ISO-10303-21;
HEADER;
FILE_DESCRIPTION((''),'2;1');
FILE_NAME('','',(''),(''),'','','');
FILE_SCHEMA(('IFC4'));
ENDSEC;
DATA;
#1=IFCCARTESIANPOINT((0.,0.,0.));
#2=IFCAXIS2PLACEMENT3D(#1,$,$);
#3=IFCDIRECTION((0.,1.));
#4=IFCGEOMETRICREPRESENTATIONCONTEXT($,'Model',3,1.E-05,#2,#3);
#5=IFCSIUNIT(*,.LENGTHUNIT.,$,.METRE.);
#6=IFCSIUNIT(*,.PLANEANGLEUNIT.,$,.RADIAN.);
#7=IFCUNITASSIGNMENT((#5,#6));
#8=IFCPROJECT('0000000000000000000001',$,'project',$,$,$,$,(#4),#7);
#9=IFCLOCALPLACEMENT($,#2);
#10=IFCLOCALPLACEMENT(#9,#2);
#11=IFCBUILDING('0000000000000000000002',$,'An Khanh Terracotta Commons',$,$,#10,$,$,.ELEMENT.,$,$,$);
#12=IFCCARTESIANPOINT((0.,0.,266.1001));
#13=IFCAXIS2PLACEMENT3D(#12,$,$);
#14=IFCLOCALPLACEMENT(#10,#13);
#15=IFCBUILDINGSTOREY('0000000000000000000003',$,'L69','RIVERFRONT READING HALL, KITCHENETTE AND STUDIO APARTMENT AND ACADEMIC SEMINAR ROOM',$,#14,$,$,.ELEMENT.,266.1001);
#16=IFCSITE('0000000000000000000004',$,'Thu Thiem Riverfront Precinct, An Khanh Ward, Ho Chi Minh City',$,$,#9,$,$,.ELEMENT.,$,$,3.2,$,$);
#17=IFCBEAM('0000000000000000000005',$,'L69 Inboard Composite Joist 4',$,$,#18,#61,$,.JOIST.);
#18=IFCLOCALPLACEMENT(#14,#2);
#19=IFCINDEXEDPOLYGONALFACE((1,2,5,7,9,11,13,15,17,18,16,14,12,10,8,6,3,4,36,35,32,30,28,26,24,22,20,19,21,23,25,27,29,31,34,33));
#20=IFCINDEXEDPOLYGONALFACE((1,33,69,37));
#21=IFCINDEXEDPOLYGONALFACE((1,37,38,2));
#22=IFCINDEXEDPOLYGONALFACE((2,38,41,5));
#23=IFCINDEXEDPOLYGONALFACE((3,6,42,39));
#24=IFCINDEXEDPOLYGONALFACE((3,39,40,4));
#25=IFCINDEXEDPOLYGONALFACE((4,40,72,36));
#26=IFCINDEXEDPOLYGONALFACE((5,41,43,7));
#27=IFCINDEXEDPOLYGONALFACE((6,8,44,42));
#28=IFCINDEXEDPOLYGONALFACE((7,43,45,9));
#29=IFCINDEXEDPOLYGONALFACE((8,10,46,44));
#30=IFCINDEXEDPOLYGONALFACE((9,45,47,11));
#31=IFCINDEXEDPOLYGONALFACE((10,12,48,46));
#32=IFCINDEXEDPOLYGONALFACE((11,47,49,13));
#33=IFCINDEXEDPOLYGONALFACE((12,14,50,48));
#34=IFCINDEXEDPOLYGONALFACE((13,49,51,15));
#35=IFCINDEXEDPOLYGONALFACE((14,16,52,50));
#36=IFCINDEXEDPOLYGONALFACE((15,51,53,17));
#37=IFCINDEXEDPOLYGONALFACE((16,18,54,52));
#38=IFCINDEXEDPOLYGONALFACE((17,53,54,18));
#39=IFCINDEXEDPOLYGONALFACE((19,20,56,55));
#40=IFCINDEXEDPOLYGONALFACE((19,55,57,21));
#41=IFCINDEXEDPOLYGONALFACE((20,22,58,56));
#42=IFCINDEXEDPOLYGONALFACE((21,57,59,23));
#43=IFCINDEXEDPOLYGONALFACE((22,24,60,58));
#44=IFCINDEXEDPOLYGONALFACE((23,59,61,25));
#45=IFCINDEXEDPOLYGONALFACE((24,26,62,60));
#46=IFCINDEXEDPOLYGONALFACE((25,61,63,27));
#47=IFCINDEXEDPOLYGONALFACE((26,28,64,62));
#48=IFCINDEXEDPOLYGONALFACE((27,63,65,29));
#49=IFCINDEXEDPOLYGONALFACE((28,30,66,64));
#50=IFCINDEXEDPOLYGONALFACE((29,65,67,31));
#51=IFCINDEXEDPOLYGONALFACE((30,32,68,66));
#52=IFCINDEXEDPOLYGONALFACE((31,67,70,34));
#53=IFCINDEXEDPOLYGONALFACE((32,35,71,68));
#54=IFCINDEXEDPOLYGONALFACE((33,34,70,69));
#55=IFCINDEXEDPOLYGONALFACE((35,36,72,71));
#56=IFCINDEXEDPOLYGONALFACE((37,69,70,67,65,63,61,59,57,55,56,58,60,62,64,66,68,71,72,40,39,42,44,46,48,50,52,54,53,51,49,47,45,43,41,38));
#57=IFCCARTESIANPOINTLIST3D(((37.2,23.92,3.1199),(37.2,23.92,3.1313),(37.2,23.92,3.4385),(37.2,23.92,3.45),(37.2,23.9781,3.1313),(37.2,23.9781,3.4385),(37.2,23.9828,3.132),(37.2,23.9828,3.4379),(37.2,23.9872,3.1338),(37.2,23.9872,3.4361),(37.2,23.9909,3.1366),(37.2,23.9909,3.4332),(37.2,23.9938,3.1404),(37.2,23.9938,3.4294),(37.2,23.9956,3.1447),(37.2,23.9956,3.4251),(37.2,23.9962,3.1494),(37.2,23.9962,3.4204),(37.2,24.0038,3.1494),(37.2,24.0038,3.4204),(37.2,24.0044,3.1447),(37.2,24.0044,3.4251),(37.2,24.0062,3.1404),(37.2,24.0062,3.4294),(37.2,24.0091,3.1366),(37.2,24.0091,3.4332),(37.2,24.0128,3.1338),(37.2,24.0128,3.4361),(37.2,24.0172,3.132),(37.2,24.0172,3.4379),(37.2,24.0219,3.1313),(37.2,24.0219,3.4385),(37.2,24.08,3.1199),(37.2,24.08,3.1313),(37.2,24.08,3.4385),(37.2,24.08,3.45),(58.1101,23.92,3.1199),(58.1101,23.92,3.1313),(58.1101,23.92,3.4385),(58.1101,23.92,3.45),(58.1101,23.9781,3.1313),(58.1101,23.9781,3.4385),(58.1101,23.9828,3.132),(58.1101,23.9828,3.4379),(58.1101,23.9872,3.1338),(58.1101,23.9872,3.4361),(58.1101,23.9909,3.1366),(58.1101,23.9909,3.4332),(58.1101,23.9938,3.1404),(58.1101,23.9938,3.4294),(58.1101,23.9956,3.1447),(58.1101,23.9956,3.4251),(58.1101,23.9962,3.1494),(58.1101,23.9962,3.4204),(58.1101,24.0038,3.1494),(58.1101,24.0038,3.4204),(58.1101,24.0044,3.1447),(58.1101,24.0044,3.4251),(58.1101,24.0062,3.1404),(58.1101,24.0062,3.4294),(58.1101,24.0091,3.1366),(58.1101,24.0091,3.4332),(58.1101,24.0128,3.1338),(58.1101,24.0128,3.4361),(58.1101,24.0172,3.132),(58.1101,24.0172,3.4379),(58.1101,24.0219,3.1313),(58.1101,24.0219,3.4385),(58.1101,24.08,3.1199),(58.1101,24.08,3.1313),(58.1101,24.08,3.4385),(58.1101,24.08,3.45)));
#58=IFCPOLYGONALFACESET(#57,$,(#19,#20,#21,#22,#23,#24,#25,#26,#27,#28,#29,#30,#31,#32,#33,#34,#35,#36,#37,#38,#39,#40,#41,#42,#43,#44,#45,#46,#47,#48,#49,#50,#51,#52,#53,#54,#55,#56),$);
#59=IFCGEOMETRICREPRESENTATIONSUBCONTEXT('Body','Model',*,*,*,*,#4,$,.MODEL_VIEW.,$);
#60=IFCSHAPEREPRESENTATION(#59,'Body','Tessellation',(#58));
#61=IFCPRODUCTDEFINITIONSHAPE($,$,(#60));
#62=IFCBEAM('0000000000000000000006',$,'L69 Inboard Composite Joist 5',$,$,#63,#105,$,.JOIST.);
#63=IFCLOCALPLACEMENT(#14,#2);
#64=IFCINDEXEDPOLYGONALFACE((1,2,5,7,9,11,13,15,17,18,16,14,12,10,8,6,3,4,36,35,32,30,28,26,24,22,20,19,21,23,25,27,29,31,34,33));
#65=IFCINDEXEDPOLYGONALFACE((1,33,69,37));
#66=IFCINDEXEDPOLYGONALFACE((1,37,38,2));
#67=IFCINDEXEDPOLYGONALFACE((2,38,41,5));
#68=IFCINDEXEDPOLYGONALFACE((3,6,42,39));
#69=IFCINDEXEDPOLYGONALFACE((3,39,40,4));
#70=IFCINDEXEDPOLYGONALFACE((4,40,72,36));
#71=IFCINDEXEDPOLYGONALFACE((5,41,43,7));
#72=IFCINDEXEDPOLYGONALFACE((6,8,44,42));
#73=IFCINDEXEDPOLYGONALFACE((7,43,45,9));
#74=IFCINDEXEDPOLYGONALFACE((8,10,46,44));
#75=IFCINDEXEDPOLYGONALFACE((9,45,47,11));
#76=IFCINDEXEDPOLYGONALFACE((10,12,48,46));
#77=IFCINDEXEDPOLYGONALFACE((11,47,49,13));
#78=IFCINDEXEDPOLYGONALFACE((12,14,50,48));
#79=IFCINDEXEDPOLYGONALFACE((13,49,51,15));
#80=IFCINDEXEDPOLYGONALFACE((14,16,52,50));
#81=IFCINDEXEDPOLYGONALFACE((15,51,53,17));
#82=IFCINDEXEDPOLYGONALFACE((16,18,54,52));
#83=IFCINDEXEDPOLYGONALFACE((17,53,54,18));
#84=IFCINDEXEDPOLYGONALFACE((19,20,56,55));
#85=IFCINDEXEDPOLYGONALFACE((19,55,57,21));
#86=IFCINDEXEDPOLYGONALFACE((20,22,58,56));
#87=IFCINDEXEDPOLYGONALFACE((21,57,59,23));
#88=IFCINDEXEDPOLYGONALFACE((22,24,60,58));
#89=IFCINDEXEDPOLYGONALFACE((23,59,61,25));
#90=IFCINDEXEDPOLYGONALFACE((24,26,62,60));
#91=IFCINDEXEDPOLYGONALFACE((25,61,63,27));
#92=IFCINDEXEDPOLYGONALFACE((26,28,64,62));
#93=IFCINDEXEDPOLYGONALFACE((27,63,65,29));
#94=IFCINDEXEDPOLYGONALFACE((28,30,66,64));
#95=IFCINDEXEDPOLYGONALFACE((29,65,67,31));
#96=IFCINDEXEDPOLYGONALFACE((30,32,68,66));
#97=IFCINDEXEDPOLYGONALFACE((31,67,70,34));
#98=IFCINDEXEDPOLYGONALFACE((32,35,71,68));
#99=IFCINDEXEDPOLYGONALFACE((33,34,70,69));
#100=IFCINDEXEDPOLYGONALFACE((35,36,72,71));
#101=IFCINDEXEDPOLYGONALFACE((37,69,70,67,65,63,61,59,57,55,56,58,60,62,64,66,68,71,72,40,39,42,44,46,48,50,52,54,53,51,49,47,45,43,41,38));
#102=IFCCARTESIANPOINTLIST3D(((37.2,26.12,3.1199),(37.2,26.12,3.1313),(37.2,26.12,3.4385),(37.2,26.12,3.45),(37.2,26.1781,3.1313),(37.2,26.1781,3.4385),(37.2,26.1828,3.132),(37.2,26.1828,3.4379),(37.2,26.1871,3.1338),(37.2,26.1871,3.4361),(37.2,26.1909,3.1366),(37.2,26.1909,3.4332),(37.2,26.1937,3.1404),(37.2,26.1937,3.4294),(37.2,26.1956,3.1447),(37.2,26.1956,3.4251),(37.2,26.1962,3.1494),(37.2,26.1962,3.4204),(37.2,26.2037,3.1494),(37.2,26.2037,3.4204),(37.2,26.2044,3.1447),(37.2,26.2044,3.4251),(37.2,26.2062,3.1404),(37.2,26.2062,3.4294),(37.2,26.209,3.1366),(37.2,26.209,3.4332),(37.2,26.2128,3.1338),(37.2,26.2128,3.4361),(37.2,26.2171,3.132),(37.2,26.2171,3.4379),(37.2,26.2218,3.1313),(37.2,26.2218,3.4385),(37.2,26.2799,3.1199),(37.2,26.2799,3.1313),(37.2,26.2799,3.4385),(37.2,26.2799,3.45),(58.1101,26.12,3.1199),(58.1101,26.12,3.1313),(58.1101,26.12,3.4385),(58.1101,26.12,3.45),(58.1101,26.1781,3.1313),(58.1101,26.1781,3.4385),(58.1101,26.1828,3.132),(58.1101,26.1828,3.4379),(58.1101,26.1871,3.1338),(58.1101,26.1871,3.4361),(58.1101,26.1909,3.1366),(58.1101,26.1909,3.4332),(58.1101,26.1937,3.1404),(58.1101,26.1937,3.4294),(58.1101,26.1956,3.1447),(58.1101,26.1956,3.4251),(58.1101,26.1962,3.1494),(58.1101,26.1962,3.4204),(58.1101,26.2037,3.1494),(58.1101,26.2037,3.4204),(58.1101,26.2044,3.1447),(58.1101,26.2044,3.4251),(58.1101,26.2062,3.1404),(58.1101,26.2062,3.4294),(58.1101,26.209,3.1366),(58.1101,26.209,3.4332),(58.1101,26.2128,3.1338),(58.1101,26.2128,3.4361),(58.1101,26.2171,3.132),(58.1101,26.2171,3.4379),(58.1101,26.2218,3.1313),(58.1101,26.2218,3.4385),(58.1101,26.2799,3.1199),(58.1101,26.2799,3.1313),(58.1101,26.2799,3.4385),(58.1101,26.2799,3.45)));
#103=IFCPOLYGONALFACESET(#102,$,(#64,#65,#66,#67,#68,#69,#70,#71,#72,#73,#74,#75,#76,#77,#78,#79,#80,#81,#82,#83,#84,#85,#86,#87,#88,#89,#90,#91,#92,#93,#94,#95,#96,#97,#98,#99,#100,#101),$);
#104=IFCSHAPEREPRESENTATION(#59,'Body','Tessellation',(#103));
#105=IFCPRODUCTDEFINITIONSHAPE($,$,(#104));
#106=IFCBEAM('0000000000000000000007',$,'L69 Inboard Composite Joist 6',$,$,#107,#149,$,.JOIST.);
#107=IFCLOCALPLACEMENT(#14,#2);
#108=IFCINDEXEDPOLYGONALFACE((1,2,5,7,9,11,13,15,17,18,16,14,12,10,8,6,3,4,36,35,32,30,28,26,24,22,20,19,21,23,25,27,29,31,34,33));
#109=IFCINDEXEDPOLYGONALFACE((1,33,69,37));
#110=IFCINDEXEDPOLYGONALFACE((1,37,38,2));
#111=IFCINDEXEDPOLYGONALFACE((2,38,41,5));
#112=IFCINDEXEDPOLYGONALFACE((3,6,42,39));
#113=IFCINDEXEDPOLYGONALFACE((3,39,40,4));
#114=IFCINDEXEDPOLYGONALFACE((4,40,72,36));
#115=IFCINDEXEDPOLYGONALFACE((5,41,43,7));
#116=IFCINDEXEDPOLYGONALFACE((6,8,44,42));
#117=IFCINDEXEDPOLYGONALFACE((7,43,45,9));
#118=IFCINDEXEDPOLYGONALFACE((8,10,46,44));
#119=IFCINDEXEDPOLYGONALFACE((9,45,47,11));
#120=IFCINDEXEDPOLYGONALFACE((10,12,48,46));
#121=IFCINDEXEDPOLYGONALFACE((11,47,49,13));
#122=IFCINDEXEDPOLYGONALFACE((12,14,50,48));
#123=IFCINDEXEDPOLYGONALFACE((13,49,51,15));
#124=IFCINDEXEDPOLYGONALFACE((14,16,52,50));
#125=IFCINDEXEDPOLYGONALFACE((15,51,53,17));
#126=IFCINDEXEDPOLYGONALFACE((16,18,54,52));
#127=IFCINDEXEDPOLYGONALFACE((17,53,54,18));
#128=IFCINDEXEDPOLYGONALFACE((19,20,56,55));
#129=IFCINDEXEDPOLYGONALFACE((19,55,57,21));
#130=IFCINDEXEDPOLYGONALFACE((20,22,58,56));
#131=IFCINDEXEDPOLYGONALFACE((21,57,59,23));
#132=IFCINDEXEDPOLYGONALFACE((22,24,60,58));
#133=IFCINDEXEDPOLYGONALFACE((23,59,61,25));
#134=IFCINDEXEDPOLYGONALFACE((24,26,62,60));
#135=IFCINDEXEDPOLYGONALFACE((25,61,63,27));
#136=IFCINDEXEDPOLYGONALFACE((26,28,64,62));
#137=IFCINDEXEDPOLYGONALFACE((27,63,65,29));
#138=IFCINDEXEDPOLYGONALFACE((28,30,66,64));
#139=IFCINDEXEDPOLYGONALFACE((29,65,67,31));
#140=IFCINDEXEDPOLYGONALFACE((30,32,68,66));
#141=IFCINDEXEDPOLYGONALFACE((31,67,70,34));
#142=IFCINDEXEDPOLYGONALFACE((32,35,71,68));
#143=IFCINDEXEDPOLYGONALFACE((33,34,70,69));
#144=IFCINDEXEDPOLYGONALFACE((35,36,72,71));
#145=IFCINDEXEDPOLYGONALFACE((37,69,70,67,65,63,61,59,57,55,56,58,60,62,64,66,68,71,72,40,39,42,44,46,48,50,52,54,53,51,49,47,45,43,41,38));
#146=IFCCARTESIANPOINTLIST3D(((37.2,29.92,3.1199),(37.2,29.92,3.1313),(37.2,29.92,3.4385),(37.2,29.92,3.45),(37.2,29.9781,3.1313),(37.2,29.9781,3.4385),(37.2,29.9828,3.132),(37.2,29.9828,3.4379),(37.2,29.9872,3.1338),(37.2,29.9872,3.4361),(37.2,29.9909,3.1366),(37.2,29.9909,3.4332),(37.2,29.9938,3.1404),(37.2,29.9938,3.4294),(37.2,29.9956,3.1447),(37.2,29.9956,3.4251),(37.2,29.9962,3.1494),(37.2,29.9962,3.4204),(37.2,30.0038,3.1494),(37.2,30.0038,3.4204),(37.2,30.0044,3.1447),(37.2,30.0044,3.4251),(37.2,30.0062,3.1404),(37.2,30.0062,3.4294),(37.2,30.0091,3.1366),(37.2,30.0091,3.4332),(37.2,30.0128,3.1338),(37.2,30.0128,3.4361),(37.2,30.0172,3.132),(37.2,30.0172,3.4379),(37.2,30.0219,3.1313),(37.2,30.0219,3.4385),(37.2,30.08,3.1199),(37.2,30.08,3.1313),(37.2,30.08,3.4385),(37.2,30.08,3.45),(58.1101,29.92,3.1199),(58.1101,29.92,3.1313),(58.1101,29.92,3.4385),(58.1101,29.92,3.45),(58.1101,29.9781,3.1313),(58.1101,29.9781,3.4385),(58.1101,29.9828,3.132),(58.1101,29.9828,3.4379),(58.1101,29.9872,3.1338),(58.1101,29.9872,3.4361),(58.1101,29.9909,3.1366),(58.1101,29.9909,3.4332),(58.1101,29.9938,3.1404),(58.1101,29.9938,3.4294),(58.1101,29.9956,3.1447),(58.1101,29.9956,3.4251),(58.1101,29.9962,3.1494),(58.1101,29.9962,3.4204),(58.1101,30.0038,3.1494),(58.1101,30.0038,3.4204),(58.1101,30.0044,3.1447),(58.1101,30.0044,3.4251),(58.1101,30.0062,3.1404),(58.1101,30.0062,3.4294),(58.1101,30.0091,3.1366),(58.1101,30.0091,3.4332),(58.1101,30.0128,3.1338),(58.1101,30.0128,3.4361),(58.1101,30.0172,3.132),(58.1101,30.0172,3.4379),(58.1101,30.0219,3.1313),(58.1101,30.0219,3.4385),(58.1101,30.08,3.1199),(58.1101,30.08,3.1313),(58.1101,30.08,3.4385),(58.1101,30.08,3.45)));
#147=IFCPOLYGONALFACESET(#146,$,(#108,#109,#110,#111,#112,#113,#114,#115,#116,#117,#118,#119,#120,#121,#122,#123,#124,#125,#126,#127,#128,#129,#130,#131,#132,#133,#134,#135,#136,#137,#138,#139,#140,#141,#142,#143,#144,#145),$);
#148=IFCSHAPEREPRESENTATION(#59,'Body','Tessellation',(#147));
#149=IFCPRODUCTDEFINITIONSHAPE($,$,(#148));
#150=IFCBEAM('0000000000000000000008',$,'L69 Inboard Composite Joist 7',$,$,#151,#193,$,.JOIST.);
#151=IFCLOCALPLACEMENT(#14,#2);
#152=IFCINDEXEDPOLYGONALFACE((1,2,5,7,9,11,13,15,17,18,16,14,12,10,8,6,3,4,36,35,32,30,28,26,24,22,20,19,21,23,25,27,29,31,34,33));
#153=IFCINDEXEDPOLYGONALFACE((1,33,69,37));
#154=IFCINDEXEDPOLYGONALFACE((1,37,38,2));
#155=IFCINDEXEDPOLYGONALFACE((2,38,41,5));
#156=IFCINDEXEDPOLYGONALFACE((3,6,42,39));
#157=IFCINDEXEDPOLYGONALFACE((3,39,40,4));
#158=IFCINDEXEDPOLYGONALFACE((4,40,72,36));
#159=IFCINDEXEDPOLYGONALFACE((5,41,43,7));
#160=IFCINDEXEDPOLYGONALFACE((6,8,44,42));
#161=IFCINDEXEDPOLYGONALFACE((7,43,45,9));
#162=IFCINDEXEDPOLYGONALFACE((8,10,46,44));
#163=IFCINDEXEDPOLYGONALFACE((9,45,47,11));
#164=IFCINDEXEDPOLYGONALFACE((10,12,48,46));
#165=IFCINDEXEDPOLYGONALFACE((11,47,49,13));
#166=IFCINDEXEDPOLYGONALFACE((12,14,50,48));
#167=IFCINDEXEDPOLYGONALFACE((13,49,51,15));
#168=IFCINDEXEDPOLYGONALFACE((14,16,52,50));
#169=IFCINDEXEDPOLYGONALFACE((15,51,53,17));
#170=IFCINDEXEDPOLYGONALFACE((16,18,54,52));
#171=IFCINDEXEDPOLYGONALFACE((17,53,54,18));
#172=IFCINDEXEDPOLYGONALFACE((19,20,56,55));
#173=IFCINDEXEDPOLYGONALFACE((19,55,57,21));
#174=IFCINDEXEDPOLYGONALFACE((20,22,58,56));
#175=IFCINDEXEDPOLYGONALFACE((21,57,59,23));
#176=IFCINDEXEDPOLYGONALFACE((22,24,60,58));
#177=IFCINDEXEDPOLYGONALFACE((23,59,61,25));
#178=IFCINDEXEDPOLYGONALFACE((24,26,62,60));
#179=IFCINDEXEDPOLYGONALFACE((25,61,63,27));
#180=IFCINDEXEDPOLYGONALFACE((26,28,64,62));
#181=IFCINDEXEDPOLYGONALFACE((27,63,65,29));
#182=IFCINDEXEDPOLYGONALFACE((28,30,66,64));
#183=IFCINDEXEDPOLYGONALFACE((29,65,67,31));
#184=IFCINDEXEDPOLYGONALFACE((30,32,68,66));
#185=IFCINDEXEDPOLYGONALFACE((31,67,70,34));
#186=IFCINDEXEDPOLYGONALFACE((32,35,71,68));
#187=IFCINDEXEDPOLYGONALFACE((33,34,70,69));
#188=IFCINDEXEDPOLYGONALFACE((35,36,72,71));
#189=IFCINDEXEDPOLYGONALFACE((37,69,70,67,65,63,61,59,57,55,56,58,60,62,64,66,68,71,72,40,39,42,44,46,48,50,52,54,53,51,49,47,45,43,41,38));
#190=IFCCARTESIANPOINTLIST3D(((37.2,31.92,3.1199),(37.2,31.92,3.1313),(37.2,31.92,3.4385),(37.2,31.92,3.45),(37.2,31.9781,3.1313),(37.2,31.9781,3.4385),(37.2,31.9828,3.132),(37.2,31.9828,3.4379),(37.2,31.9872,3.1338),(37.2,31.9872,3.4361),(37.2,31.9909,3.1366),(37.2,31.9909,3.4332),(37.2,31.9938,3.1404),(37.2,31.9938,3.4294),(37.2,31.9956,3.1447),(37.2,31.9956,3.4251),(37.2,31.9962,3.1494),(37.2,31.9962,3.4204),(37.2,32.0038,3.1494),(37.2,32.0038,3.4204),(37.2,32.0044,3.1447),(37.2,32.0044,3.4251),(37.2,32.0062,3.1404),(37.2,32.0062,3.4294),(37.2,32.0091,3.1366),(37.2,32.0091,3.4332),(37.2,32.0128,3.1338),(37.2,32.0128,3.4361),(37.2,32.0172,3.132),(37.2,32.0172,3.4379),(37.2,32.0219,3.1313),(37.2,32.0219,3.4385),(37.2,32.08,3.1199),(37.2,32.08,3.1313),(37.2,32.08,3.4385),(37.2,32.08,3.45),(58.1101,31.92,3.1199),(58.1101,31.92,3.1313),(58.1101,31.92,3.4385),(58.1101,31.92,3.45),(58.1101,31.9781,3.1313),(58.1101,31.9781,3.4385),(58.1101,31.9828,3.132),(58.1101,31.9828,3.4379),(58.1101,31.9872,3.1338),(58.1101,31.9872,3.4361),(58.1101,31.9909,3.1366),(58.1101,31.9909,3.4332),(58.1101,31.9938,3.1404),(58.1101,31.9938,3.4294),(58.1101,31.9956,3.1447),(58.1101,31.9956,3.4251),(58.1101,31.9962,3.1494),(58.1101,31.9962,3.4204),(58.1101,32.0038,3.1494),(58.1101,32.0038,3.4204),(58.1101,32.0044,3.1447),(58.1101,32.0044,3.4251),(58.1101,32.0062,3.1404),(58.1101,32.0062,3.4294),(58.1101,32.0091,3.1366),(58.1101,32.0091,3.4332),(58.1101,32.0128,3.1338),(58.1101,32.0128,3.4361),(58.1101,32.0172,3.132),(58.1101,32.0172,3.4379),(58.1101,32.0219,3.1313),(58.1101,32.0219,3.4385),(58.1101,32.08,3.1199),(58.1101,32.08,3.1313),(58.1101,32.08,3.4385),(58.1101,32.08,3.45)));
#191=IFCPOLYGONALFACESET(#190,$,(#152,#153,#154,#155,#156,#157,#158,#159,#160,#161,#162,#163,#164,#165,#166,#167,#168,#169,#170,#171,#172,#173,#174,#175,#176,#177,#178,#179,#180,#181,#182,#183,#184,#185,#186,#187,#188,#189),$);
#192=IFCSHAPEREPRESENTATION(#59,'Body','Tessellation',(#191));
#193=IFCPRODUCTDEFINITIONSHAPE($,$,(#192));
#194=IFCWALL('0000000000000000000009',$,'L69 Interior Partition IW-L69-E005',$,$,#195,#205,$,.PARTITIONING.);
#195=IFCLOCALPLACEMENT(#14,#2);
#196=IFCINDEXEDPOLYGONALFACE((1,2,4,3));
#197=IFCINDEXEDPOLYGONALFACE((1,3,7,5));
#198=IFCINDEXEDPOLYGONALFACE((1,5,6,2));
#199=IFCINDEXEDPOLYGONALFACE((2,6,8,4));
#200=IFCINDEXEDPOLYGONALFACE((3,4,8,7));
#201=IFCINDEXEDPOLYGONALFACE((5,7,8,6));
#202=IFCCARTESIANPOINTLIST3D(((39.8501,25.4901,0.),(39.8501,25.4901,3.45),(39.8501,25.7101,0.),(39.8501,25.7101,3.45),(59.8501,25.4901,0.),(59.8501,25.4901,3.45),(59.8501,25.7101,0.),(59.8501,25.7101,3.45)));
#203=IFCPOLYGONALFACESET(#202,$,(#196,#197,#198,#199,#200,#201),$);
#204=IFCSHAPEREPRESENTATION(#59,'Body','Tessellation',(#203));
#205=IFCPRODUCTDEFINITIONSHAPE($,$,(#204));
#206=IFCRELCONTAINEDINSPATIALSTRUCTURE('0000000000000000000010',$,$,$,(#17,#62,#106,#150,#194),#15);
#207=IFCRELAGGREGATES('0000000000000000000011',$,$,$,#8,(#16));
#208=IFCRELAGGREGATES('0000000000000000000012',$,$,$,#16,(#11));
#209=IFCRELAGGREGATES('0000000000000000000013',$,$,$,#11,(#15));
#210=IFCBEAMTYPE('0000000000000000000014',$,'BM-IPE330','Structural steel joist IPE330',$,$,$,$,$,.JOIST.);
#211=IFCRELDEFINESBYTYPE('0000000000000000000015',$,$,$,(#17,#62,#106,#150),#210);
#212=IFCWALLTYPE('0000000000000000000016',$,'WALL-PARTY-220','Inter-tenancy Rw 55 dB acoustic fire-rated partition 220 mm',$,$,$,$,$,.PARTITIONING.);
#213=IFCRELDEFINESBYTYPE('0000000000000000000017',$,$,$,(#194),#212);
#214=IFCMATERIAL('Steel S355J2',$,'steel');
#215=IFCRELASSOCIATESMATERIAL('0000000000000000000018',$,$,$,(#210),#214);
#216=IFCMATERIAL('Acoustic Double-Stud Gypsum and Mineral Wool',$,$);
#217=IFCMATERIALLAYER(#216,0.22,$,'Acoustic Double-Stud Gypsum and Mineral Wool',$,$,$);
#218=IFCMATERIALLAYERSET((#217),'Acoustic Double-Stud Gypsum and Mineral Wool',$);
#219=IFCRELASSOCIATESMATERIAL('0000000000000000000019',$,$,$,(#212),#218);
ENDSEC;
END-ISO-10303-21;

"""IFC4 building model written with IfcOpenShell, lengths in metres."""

from ifc_helpers import new_model, si_unit, direction, frame, frame_2d, origin, origin_2d, place, context, subcontext, project, spatial, rectangle, i_section, extrude, material, layer, layer_set, material_profile, profile_set, type_object, element, save


model = new_model("IFC4")

# Units and contexts
model_context = context("Model", 3, precision=1e-05, world=origin(), true_north=direction((0.0, 1.0)))
body_context = subcontext(model_context, "Body", "Model", "MODEL_VIEW")
ifc_project = project(units=[si_unit("LENGTHUNIT", "METRE"), si_unit("PLANEANGLEUNIT", "RADIAN")], contexts=[model_context])

# Site, building, storey
site_placement = place(None, origin())
site = spatial("IfcSite", under=ifc_project, at=site_placement, Name="Thu Thiem Riverfront Precinct, An Khanh Ward, Ho Chi Minh City", CompositionType="ELEMENT", RefElevation=3.2)
building_placement = place(site_placement, origin())
building = spatial("IfcBuilding", under=site, at=building_placement, Name="An Khanh Terracotta Commons", CompositionType="ELEMENT")
storey_placement = place(building_placement, frame((0.0, 0.0, 266.1001)))
storey = spatial("IfcBuildingStorey", under=building, at=storey_placement, Name="L69", Description="RIVERFRONT READING HALL, KITCHENETTE AND STUDIO APARTMENT AND ACADEMIC SEMINAR ROOM", CompositionType="ELEMENT", Elevation=266.1001)

# Beams
ifc_material_1 = material(Name="Steel S355J2", Category="steel")
ifc_material_profile_1 = material_profile(ifc_material_1, i_section(OverallWidth=0.1599, OverallDepth=0.3301, WebThickness=0.0076, FlangeThickness=0.0115, FilletRadius=0.0181, at=origin_2d()), Name="IPE330")
ifc_profile_set_1 = profile_set([ifc_material_profile_1], Name="Steel S355J2")
beam_type_1 = type_object("IfcBeamType", Name="BM-IPE330", Description="Structural steel joist IPE330", PredefinedType="JOIST", material=ifc_profile_set_1)
for number, where, z_axis, x_axis, name in (
    (1, (37.2, 24.0, 3.2849), (1.0, 0.0, 0.0), (0.0, 1.0, 0.0), "L69 Inboard Composite Joist 4"),
    (2, (37.2, 26.2, 3.2849), (1.0, 0.0, 0.0), (0.0, 1.0, 0.0), "L69 Inboard Composite Joist 5"),
    (3, (37.2, 30.0, 3.2849), (1.0, 0.0, 0.0), (0.0, 1.0, 0.0), "L69 Inboard Composite Joist 6"),
    (4, (37.2, 32.0, 3.2849), (1.0, 0.0, 0.0), (0.0, 1.0, 0.0), "L69 Inboard Composite Joist 7"),
):
    element("IfcBeam", number, at=place(storey_placement, frame(where, z_axis=z_axis, x_axis=x_axis)), inside=storey, type_object=beam_type_1, Name=name, PredefinedType="JOIST", context=body_context, shape_type="SweptSolid", body=[
        extrude(i_section(OverallWidth=0.1599, OverallDepth=0.3301, WebThickness=0.0076, FlangeThickness=0.0115, FilletRadius=0.0181, at=origin_2d()), origin(), (0.0, 0.0, 1.0), 20.9102),
    ])

# Wall
ifc_material_2 = material(Name="Acoustic Double-Stud Gypsum and Mineral Wool")
ifc_layer_1 = layer(ifc_material_2, 0.22, Name="Acoustic Double-Stud Gypsum and Mineral Wool")
ifc_layer_set_1 = layer_set([ifc_layer_1], Name="Acoustic Double-Stud Gypsum and Mineral Wool")
wall_type_1 = type_object("IfcWallType", Name="WALL-PARTY-220", Description="Inter-tenancy Rw 55 dB acoustic fire-rated partition 220 mm", PredefinedType="PARTITIONING", material=ifc_layer_set_1)
wall_1_placement = place(storey_placement, frame((39.8501, 25.6001, 0.0), z_axis=(0.0, 0.0, 1.0), x_axis=(1.0, 0.0, 0.0)))
element("IfcWall", 5, at=wall_1_placement, inside=storey, type_object=wall_type_1, Name="L69 Interior Partition IW-L69-E005", PredefinedType="PARTITIONING", context=body_context, shape_type="SweptSolid", body=[
    extrude(rectangle(XDim=20.0, YDim=0.22, at=frame_2d((10.0, 0.0))), origin(), (0.0, 0.0, 1.0), 3.45),
])

save(model, "model.ifc")
